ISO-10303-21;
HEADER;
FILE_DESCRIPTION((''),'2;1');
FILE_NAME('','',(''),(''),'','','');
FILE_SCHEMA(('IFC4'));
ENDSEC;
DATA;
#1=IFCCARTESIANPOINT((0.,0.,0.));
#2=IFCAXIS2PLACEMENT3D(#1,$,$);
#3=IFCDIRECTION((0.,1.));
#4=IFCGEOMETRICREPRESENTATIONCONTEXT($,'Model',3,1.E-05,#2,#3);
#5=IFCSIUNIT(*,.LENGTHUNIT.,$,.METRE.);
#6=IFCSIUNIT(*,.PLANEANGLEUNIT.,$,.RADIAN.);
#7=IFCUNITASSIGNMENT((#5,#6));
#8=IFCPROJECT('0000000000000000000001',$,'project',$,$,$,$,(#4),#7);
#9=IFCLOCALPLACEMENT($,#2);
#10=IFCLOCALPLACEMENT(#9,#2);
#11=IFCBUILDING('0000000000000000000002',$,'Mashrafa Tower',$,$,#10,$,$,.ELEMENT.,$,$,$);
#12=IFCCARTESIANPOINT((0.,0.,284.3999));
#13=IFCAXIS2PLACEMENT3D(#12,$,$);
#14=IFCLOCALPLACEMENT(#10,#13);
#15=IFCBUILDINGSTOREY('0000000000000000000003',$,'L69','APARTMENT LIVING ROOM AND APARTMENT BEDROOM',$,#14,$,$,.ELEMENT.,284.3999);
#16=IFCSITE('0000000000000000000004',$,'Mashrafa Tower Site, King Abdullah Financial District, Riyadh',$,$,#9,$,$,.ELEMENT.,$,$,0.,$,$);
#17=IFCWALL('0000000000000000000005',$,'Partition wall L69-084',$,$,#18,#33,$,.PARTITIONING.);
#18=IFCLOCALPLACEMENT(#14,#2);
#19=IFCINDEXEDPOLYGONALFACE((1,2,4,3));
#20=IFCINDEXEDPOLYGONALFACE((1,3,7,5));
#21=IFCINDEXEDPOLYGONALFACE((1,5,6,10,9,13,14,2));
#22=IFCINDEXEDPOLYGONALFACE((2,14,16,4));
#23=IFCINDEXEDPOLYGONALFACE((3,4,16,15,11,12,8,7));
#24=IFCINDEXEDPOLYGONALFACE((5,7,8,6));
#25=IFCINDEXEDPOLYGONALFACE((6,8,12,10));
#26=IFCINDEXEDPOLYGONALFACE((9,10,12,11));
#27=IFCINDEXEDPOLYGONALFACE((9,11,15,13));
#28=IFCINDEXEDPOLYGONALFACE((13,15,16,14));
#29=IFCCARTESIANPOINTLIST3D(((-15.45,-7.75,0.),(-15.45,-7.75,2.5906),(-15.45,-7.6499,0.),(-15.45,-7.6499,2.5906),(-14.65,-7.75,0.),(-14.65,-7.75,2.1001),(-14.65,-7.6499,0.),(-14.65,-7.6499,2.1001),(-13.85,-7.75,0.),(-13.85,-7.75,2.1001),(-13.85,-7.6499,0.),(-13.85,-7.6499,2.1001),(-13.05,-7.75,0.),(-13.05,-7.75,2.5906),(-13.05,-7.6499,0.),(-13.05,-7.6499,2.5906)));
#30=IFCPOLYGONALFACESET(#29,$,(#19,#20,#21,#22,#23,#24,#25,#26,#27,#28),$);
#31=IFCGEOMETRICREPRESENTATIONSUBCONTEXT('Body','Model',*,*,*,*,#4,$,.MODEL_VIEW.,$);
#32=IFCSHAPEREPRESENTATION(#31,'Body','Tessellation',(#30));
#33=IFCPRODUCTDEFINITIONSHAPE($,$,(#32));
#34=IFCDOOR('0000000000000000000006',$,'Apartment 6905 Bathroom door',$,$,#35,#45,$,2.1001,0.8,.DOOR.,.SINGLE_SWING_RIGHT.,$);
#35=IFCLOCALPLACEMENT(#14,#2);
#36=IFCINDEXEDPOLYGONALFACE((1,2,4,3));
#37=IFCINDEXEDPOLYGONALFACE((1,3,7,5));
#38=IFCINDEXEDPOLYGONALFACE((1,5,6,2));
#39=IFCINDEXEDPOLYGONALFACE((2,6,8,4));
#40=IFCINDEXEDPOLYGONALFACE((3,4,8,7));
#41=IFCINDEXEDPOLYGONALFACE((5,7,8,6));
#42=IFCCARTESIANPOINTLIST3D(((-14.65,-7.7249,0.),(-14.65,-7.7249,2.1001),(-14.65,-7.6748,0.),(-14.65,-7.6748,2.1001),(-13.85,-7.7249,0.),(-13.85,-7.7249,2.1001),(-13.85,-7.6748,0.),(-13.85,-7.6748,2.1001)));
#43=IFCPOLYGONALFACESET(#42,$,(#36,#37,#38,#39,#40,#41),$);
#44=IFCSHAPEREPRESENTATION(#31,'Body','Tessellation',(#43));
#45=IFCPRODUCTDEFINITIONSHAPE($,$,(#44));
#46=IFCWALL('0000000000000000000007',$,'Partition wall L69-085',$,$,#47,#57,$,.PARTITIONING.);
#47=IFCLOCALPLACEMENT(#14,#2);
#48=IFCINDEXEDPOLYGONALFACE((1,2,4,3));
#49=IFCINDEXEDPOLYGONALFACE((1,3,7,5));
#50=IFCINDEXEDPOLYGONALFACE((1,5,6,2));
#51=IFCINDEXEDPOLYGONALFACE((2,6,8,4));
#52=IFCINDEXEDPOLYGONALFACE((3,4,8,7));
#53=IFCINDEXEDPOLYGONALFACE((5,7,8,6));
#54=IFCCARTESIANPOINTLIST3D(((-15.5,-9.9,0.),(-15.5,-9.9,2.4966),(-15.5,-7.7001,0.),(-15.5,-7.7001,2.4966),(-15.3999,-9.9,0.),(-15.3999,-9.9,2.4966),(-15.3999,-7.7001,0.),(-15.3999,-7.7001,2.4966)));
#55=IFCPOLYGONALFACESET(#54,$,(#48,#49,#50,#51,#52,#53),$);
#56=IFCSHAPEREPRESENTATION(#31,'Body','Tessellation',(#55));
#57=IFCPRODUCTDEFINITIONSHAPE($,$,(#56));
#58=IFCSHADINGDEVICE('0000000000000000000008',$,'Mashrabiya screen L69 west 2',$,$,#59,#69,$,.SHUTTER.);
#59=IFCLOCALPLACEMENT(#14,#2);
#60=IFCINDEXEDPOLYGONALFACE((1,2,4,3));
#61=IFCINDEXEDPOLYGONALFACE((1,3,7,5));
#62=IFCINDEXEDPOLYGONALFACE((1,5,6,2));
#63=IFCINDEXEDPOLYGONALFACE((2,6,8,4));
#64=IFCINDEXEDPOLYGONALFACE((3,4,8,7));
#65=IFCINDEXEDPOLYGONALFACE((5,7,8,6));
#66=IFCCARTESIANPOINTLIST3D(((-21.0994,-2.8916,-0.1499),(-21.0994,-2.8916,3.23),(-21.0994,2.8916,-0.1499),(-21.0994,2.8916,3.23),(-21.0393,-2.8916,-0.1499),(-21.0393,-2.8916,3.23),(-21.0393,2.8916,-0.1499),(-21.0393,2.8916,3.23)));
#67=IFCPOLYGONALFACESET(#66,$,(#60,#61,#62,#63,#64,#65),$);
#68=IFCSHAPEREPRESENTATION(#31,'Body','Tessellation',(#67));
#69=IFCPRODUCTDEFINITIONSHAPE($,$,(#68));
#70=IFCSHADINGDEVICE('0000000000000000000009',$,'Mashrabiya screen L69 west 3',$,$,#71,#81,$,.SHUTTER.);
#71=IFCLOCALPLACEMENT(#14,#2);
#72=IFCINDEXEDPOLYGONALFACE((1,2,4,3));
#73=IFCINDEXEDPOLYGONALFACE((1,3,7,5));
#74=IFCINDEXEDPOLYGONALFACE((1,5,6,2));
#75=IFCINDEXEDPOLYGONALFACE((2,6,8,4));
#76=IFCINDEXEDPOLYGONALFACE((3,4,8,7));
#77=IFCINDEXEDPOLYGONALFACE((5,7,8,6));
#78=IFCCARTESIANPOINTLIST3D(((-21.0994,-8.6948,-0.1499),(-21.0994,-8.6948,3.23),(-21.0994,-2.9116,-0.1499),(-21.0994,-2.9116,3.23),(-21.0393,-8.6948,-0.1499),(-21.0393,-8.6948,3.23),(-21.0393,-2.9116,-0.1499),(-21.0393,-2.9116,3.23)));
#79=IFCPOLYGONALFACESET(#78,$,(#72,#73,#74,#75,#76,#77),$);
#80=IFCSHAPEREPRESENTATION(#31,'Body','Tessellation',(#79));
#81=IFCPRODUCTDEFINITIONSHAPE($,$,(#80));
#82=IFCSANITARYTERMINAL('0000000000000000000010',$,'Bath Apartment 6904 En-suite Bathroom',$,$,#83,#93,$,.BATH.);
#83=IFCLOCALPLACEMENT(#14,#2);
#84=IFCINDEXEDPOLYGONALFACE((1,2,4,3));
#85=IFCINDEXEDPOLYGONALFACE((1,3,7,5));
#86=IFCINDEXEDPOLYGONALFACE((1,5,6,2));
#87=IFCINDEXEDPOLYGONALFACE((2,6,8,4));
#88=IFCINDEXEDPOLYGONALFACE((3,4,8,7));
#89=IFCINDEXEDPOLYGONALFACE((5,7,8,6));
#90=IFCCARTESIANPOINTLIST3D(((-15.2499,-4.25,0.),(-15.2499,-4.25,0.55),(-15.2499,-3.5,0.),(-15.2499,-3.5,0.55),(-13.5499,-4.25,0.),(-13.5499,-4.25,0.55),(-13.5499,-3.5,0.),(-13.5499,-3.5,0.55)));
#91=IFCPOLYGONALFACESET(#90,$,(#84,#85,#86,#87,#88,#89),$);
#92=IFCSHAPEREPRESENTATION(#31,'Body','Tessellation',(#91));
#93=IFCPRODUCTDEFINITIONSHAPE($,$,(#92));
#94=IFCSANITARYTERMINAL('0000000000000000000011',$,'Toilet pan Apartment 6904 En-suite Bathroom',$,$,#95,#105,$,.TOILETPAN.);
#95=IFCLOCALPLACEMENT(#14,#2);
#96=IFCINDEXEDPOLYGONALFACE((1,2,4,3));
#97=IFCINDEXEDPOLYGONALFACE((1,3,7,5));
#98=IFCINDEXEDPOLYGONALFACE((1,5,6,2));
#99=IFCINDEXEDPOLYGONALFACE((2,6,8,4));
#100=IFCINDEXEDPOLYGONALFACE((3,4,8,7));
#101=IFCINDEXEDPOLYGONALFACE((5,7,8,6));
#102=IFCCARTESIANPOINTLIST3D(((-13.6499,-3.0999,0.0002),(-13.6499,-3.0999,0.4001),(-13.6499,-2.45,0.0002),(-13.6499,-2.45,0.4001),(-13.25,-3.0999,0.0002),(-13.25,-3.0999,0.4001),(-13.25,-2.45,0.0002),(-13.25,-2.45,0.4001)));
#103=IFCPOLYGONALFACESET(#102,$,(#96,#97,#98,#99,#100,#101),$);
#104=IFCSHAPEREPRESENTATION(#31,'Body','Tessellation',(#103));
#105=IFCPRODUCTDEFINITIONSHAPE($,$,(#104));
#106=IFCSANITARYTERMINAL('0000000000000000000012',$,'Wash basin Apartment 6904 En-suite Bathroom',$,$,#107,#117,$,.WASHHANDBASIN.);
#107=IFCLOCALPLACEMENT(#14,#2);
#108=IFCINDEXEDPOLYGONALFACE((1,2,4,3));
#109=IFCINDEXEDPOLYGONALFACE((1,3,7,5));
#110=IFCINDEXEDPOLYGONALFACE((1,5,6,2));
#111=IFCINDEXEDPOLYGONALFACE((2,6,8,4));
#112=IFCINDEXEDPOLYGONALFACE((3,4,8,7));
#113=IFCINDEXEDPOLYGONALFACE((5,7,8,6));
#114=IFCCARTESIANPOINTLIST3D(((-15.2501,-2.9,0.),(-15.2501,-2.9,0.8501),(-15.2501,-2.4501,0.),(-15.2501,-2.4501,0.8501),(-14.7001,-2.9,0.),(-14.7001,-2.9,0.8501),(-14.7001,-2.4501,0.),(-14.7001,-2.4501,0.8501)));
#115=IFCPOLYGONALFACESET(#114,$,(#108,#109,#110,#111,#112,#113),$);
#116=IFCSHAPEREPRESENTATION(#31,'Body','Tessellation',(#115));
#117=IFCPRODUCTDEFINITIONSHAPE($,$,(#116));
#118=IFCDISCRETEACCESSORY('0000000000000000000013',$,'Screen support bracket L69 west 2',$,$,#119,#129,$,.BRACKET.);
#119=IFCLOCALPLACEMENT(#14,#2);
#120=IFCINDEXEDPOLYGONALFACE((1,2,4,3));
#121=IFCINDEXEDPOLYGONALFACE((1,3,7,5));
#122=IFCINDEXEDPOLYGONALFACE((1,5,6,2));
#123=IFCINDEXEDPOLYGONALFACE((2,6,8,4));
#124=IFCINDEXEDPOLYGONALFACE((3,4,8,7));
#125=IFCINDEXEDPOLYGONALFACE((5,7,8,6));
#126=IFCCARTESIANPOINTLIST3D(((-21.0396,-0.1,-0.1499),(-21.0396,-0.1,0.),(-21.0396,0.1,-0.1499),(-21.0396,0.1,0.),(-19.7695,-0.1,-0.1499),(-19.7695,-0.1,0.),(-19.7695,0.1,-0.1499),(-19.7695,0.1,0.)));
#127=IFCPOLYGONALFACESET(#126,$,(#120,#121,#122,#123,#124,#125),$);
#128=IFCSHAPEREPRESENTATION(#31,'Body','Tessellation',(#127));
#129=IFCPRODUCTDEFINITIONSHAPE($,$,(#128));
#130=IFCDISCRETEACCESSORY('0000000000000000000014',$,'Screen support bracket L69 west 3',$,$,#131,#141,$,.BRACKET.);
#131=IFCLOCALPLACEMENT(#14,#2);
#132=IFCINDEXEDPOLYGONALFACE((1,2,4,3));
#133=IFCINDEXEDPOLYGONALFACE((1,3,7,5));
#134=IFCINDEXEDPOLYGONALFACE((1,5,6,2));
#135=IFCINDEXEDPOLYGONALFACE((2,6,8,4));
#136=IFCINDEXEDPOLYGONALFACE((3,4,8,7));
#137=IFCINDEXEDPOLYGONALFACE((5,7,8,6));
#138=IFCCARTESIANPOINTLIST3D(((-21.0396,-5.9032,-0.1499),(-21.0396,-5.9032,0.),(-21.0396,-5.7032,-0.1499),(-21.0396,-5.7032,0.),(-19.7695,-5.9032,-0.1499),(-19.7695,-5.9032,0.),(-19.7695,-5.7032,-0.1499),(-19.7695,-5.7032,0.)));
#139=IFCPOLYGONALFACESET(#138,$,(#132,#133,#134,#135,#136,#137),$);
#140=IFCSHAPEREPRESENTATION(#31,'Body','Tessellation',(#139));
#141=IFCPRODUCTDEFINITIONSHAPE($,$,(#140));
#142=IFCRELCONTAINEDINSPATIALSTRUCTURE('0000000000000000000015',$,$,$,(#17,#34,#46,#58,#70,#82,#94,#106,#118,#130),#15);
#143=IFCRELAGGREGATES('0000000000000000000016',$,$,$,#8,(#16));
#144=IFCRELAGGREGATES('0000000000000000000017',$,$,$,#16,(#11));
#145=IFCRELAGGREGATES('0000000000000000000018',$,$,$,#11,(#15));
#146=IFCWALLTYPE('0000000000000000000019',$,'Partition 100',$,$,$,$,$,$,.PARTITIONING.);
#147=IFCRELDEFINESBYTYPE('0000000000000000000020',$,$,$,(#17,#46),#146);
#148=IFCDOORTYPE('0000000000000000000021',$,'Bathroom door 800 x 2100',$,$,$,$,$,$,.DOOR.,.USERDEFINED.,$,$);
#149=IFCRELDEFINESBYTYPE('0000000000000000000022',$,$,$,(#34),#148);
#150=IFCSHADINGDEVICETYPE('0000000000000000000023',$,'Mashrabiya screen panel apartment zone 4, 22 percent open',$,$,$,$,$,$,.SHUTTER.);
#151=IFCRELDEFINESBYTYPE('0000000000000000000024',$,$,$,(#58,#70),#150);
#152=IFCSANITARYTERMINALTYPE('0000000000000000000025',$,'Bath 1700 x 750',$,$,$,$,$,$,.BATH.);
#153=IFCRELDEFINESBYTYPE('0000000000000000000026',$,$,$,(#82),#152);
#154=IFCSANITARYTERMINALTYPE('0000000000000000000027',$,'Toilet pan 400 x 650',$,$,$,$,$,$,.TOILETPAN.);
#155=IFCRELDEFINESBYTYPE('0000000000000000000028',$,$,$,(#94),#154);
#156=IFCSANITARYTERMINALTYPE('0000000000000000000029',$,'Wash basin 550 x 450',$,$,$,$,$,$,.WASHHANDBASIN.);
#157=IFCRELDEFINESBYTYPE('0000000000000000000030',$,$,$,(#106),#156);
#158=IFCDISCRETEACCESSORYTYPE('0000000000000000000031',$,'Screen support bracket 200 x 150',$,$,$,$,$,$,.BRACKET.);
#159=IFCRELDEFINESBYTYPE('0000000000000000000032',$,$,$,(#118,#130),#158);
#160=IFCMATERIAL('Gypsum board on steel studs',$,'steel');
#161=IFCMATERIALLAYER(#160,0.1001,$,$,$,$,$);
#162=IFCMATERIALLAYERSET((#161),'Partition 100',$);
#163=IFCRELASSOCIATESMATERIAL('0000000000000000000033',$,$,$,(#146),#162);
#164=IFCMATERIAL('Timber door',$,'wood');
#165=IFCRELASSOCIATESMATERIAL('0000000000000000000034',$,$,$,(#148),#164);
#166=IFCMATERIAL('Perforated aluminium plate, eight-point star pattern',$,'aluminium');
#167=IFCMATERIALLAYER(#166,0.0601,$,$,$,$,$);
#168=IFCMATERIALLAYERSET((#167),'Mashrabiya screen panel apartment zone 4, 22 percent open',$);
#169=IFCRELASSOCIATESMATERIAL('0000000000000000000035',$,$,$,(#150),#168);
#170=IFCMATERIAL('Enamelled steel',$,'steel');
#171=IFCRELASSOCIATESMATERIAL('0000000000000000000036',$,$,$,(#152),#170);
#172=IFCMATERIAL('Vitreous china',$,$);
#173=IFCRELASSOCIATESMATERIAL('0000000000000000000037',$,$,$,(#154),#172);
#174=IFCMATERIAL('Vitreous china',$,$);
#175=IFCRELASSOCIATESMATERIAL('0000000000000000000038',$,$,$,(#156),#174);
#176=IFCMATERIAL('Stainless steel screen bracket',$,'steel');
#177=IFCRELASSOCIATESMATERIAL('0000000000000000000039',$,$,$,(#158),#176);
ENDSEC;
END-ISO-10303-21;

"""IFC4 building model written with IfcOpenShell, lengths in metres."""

from ifc_helpers import new_model, si_unit, direction, frame, frame_2d, origin, origin_2d, place, context, subcontext, project, spatial, rectangle, extrude, source, transform, mapped, material, layer, layer_set, type_object, type_shapes, element, fill, save


model = new_model("IFC4")

# Units and contexts
model_context = context("Model", 3, precision=1e-05, world=origin(), true_north=direction((0.0, 1.0)))
body_context = subcontext(model_context, "Body", "Model", "MODEL_VIEW")
ifc_project = project(units=[si_unit("LENGTHUNIT", "METRE"), si_unit("PLANEANGLEUNIT", "RADIAN")], contexts=[model_context])

# Site, building, storey
site_placement = place(None, origin())
site = spatial("IfcSite", under=ifc_project, at=site_placement, Name="Mashrafa Tower Site, King Abdullah Financial District, Riyadh", CompositionType="ELEMENT", RefElevation=0.0)
building_placement = place(site_placement, origin())
building = spatial("IfcBuilding", under=site, at=building_placement, Name="Mashrafa Tower", CompositionType="ELEMENT")
storey_placement = place(building_placement, frame((0.0, 0.0, 284.3999)))
storey = spatial("IfcBuildingStorey", under=building, at=storey_placement, Name="L69", Description="APARTMENT LIVING ROOM AND APARTMENT BEDROOM", CompositionType="ELEMENT", Elevation=284.3999)

# Shared definitions
ifc_material_1 = material(Name="Gypsum board on steel studs", Category="steel")
ifc_layer_1 = layer(ifc_material_1, 0.1001)
ifc_layer_set_1 = layer_set([ifc_layer_1], Name="Partition 100")
wall_type_1 = type_object("IfcWallType", Name="Partition 100", PredefinedType="PARTITIONING", material=ifc_layer_set_1)

# Shared definitions
ifc_material_2 = material(Name="Timber door", Category="wood")
door_type_1 = type_object("IfcDoorType", Name="Bathroom door 800 x 2100", OperationType="USERDEFINED", PredefinedType="DOOR", material=ifc_material_2)

# Wall, opening, door
wall_1_placement = place(storey_placement, frame((-13.05, -7.7, 0.0), z_axis=(0.0, 0.0, 1.0), x_axis=(-1.0, 0.0, 0.0)))
wall_1 = element("IfcWall", 1, at=wall_1_placement, inside=storey, type_object=wall_type_1, Name="Partition wall L69-084", PredefinedType="PARTITIONING", context=body_context, shape_type="SweptSolid", body=[
    extrude(rectangle(XDim=2.3999, YDim=0.1001, at=frame_2d((1.2, 0.0))), origin(), (0.0, 0.0, 1.0), 2.5906),
])
opening_1_placement = place(wall_1_placement, frame((0.8, 0.0, 0.0)))
opening_1 = element("IfcOpeningElement", 2, at=opening_1_placement, cuts=wall_1, PredefinedType="OPENING", context=body_context, shape_type="SweptSolid", body=[
    extrude(rectangle(XDim=0.8, YDim=2.1001, at=frame_2d((0.3999, 1.05))), frame((0.0, 0.0601, 0.0), z_axis=(0.0, -1.0, 0.0), x_axis=(1.0, 0.0, 0.0)), (0.0, 0.0, 1.0), 0.1201),
])
door_1_placement = place(opening_1_placement, origin())
door_1 = element("IfcDoor", 3, at=door_1_placement, inside=storey, type_object=door_type_1, Name="Apartment 6905 Bathroom door", OperationType="SINGLE_SWING_RIGHT", OverallHeight=2.1001, OverallWidth=0.8, PredefinedType="DOOR", context=body_context, shape_type="SweptSolid", body=[
    extrude(rectangle(XDim=0.8, YDim=2.1001, at=frame_2d((0.3999, 1.05))), frame((0.0, 0.0249, 0.0), z_axis=(0.0, -1.0, 0.0), x_axis=(1.0, 0.0, 0.0)), (0.0, 0.0, 1.0), 0.05),
])
fill(opening_1, door_1)

# Wall
wall_2_placement = place(storey_placement, frame((-15.45, -7.7, 0.0), z_axis=(0.0, 0.0, 1.0), x_axis=(0.0, -1.0, 0.0)))
element("IfcWall", 4, at=wall_2_placement, inside=storey, type_object=wall_type_1, Name="Partition wall L69-085", PredefinedType="PARTITIONING", context=body_context, shape_type="SweptSolid", body=[
    extrude(rectangle(XDim=2.2, YDim=0.1001, at=frame_2d((1.1001, 0.0))), origin(), (0.0, 0.0, 1.0), 2.4966),
])

# Shading devices
ifc_material_3 = material(Name="Perforated aluminium plate, eight-point star pattern", Category="aluminium")
ifc_layer_2 = layer(ifc_material_3, 0.0601)
ifc_layer_set_2 = layer_set([ifc_layer_2], Name="Mashrabiya screen panel apartment zone 4, 22 percent open")
shading_device_type = type_object("IfcShadingDeviceType", Name="Mashrabiya screen panel apartment zone 4, 22 percent open", PredefinedType="SHUTTER", material=ifc_layer_set_2)
shared_shape_1 = source(origin(), body_context, "Body", "SweptSolid", [
    extrude(rectangle(XDim=5.7832, YDim=0.0601, at=origin_2d()), origin(), (0.0, 0.0, 1.0), 3.3799),
])
type_shapes(shading_device_type, [shared_shape_1])
for number, where, z_axis, x_axis, name in (
    (5, (-21.0693, 0.0, -0.1499), (0.0, 0.0, 1.0), (0.0, -1.0, 0.0), "Mashrabiya screen L69 west 2"),
    (6, (-21.0693, -5.8032, -0.1499), (0.0, 0.0, 1.0), (0.0, -1.0, 0.0), "Mashrabiya screen L69 west 3"),
):
    element("IfcShadingDevice", number, at=place(storey_placement, frame(where, z_axis=z_axis, x_axis=x_axis)), inside=storey, type_object=shading_device_type, Name=name, PredefinedType="SHUTTER", context=body_context, shape_type="MappedRepresentation", body=[
        mapped(shared_shape_1, transform((0.0, 0.0, 0.0))),
    ])

# Sanitary terminals
ifc_material_4 = material(Name="Enamelled steel", Category="steel")
sanitary_terminal_type_1 = type_object("IfcSanitaryTerminalType", Name="Bath 1700 x 750", PredefinedType="BATH", material=ifc_material_4)
sanitary_terminal_1_placement = place(storey_placement, frame((-14.3999, -3.875, 0.0), z_axis=(0.0, 0.0, 1.0), x_axis=(1.0, 0.0, 0.0)))
element("IfcSanitaryTerminal", 7, at=sanitary_terminal_1_placement, inside=storey, type_object=sanitary_terminal_type_1, Name="Bath Apartment 6904 En-suite Bathroom", PredefinedType="BATH", context=body_context, shape_type="SweptSolid", body=[
    extrude(rectangle(XDim=1.7, YDim=0.75, at=origin_2d()), origin(), (0.0, 0.0, 1.0), 0.55),
])
ifc_material_5 = material(Name="Vitreous china")
sanitary_terminal_type_2 = type_object("IfcSanitaryTerminalType", Name="Toilet pan 400 x 650", PredefinedType="TOILETPAN", material=ifc_material_5)
sanitary_terminal_2_placement = place(storey_placement, frame((-13.45, -2.7749, 0.0002), z_axis=(0.0, 0.0, 1.0), x_axis=(-1.0, 0.0, 0.0)))
element("IfcSanitaryTerminal", 8, at=sanitary_terminal_2_placement, inside=storey, type_object=sanitary_terminal_type_2, Name="Toilet pan Apartment 6904 En-suite Bathroom", PredefinedType="TOILETPAN", context=body_context, shape_type="SweptSolid", body=[
    extrude(rectangle(XDim=0.3999, YDim=0.6499, at=origin_2d()), origin(), (0.0, 0.0, 1.0), 0.3999),
])
ifc_material_6 = material(Name="Vitreous china")
sanitary_terminal_type_3 = type_object("IfcSanitaryTerminalType", Name="Wash basin 550 x 450", PredefinedType="WASHHANDBASIN", material=ifc_material_6)
sanitary_terminal_3_placement = place(storey_placement, frame((-14.9751, -2.675, 0.0), z_axis=(0.0, 0.0, 1.0), x_axis=(-1.0, 0.0, 0.0)))
element("IfcSanitaryTerminal", 9, at=sanitary_terminal_3_placement, inside=storey, type_object=sanitary_terminal_type_3, Name="Wash basin Apartment 6904 En-suite Bathroom", PredefinedType="WASHHANDBASIN", context=body_context, shape_type="SweptSolid", body=[
    extrude(rectangle(XDim=0.55, YDim=0.45, at=origin_2d()), origin(), (0.0, 0.0, 1.0), 0.8501),
])

# Discrete accessories
ifc_material_7 = material(Name="Stainless steel screen bracket", Category="steel")
discrete_accessory_type = type_object("IfcDiscreteAccessoryType", Name="Screen support bracket 200 x 150", PredefinedType="BRACKET", material=ifc_material_7)
shared_shape_2 = source(origin(), body_context, "Body", "SweptSolid", [
    extrude(rectangle(XDim=0.2, YDim=1.27, at=origin_2d()), origin(), (0.0, 0.0, 1.0), 0.1499),
])
type_shapes(discrete_accessory_type, [shared_shape_2])
for number, where, z_axis, x_axis, name in (
    (10, (-20.4045, 0.0, -0.1499), (0.0, 0.0, 1.0), (0.0, -1.0, 0.0), "Screen support bracket L69 west 2"),
    (11, (-20.4045, -5.8032, -0.1499), (0.0, 0.0, 1.0), (0.0, -1.0, 0.0), "Screen support bracket L69 west 3"),
):
    element("IfcDiscreteAccessory", number, at=place(storey_placement, frame(where, z_axis=z_axis, x_axis=x_axis)), inside=storey, type_object=discrete_accessory_type, Name=name, PredefinedType="BRACKET", context=body_context, shape_type="MappedRepresentation", body=[
        mapped(shared_shape_2, transform((0.0, 0.0, 0.0))),
    ])

save(model, "model.ifc")
